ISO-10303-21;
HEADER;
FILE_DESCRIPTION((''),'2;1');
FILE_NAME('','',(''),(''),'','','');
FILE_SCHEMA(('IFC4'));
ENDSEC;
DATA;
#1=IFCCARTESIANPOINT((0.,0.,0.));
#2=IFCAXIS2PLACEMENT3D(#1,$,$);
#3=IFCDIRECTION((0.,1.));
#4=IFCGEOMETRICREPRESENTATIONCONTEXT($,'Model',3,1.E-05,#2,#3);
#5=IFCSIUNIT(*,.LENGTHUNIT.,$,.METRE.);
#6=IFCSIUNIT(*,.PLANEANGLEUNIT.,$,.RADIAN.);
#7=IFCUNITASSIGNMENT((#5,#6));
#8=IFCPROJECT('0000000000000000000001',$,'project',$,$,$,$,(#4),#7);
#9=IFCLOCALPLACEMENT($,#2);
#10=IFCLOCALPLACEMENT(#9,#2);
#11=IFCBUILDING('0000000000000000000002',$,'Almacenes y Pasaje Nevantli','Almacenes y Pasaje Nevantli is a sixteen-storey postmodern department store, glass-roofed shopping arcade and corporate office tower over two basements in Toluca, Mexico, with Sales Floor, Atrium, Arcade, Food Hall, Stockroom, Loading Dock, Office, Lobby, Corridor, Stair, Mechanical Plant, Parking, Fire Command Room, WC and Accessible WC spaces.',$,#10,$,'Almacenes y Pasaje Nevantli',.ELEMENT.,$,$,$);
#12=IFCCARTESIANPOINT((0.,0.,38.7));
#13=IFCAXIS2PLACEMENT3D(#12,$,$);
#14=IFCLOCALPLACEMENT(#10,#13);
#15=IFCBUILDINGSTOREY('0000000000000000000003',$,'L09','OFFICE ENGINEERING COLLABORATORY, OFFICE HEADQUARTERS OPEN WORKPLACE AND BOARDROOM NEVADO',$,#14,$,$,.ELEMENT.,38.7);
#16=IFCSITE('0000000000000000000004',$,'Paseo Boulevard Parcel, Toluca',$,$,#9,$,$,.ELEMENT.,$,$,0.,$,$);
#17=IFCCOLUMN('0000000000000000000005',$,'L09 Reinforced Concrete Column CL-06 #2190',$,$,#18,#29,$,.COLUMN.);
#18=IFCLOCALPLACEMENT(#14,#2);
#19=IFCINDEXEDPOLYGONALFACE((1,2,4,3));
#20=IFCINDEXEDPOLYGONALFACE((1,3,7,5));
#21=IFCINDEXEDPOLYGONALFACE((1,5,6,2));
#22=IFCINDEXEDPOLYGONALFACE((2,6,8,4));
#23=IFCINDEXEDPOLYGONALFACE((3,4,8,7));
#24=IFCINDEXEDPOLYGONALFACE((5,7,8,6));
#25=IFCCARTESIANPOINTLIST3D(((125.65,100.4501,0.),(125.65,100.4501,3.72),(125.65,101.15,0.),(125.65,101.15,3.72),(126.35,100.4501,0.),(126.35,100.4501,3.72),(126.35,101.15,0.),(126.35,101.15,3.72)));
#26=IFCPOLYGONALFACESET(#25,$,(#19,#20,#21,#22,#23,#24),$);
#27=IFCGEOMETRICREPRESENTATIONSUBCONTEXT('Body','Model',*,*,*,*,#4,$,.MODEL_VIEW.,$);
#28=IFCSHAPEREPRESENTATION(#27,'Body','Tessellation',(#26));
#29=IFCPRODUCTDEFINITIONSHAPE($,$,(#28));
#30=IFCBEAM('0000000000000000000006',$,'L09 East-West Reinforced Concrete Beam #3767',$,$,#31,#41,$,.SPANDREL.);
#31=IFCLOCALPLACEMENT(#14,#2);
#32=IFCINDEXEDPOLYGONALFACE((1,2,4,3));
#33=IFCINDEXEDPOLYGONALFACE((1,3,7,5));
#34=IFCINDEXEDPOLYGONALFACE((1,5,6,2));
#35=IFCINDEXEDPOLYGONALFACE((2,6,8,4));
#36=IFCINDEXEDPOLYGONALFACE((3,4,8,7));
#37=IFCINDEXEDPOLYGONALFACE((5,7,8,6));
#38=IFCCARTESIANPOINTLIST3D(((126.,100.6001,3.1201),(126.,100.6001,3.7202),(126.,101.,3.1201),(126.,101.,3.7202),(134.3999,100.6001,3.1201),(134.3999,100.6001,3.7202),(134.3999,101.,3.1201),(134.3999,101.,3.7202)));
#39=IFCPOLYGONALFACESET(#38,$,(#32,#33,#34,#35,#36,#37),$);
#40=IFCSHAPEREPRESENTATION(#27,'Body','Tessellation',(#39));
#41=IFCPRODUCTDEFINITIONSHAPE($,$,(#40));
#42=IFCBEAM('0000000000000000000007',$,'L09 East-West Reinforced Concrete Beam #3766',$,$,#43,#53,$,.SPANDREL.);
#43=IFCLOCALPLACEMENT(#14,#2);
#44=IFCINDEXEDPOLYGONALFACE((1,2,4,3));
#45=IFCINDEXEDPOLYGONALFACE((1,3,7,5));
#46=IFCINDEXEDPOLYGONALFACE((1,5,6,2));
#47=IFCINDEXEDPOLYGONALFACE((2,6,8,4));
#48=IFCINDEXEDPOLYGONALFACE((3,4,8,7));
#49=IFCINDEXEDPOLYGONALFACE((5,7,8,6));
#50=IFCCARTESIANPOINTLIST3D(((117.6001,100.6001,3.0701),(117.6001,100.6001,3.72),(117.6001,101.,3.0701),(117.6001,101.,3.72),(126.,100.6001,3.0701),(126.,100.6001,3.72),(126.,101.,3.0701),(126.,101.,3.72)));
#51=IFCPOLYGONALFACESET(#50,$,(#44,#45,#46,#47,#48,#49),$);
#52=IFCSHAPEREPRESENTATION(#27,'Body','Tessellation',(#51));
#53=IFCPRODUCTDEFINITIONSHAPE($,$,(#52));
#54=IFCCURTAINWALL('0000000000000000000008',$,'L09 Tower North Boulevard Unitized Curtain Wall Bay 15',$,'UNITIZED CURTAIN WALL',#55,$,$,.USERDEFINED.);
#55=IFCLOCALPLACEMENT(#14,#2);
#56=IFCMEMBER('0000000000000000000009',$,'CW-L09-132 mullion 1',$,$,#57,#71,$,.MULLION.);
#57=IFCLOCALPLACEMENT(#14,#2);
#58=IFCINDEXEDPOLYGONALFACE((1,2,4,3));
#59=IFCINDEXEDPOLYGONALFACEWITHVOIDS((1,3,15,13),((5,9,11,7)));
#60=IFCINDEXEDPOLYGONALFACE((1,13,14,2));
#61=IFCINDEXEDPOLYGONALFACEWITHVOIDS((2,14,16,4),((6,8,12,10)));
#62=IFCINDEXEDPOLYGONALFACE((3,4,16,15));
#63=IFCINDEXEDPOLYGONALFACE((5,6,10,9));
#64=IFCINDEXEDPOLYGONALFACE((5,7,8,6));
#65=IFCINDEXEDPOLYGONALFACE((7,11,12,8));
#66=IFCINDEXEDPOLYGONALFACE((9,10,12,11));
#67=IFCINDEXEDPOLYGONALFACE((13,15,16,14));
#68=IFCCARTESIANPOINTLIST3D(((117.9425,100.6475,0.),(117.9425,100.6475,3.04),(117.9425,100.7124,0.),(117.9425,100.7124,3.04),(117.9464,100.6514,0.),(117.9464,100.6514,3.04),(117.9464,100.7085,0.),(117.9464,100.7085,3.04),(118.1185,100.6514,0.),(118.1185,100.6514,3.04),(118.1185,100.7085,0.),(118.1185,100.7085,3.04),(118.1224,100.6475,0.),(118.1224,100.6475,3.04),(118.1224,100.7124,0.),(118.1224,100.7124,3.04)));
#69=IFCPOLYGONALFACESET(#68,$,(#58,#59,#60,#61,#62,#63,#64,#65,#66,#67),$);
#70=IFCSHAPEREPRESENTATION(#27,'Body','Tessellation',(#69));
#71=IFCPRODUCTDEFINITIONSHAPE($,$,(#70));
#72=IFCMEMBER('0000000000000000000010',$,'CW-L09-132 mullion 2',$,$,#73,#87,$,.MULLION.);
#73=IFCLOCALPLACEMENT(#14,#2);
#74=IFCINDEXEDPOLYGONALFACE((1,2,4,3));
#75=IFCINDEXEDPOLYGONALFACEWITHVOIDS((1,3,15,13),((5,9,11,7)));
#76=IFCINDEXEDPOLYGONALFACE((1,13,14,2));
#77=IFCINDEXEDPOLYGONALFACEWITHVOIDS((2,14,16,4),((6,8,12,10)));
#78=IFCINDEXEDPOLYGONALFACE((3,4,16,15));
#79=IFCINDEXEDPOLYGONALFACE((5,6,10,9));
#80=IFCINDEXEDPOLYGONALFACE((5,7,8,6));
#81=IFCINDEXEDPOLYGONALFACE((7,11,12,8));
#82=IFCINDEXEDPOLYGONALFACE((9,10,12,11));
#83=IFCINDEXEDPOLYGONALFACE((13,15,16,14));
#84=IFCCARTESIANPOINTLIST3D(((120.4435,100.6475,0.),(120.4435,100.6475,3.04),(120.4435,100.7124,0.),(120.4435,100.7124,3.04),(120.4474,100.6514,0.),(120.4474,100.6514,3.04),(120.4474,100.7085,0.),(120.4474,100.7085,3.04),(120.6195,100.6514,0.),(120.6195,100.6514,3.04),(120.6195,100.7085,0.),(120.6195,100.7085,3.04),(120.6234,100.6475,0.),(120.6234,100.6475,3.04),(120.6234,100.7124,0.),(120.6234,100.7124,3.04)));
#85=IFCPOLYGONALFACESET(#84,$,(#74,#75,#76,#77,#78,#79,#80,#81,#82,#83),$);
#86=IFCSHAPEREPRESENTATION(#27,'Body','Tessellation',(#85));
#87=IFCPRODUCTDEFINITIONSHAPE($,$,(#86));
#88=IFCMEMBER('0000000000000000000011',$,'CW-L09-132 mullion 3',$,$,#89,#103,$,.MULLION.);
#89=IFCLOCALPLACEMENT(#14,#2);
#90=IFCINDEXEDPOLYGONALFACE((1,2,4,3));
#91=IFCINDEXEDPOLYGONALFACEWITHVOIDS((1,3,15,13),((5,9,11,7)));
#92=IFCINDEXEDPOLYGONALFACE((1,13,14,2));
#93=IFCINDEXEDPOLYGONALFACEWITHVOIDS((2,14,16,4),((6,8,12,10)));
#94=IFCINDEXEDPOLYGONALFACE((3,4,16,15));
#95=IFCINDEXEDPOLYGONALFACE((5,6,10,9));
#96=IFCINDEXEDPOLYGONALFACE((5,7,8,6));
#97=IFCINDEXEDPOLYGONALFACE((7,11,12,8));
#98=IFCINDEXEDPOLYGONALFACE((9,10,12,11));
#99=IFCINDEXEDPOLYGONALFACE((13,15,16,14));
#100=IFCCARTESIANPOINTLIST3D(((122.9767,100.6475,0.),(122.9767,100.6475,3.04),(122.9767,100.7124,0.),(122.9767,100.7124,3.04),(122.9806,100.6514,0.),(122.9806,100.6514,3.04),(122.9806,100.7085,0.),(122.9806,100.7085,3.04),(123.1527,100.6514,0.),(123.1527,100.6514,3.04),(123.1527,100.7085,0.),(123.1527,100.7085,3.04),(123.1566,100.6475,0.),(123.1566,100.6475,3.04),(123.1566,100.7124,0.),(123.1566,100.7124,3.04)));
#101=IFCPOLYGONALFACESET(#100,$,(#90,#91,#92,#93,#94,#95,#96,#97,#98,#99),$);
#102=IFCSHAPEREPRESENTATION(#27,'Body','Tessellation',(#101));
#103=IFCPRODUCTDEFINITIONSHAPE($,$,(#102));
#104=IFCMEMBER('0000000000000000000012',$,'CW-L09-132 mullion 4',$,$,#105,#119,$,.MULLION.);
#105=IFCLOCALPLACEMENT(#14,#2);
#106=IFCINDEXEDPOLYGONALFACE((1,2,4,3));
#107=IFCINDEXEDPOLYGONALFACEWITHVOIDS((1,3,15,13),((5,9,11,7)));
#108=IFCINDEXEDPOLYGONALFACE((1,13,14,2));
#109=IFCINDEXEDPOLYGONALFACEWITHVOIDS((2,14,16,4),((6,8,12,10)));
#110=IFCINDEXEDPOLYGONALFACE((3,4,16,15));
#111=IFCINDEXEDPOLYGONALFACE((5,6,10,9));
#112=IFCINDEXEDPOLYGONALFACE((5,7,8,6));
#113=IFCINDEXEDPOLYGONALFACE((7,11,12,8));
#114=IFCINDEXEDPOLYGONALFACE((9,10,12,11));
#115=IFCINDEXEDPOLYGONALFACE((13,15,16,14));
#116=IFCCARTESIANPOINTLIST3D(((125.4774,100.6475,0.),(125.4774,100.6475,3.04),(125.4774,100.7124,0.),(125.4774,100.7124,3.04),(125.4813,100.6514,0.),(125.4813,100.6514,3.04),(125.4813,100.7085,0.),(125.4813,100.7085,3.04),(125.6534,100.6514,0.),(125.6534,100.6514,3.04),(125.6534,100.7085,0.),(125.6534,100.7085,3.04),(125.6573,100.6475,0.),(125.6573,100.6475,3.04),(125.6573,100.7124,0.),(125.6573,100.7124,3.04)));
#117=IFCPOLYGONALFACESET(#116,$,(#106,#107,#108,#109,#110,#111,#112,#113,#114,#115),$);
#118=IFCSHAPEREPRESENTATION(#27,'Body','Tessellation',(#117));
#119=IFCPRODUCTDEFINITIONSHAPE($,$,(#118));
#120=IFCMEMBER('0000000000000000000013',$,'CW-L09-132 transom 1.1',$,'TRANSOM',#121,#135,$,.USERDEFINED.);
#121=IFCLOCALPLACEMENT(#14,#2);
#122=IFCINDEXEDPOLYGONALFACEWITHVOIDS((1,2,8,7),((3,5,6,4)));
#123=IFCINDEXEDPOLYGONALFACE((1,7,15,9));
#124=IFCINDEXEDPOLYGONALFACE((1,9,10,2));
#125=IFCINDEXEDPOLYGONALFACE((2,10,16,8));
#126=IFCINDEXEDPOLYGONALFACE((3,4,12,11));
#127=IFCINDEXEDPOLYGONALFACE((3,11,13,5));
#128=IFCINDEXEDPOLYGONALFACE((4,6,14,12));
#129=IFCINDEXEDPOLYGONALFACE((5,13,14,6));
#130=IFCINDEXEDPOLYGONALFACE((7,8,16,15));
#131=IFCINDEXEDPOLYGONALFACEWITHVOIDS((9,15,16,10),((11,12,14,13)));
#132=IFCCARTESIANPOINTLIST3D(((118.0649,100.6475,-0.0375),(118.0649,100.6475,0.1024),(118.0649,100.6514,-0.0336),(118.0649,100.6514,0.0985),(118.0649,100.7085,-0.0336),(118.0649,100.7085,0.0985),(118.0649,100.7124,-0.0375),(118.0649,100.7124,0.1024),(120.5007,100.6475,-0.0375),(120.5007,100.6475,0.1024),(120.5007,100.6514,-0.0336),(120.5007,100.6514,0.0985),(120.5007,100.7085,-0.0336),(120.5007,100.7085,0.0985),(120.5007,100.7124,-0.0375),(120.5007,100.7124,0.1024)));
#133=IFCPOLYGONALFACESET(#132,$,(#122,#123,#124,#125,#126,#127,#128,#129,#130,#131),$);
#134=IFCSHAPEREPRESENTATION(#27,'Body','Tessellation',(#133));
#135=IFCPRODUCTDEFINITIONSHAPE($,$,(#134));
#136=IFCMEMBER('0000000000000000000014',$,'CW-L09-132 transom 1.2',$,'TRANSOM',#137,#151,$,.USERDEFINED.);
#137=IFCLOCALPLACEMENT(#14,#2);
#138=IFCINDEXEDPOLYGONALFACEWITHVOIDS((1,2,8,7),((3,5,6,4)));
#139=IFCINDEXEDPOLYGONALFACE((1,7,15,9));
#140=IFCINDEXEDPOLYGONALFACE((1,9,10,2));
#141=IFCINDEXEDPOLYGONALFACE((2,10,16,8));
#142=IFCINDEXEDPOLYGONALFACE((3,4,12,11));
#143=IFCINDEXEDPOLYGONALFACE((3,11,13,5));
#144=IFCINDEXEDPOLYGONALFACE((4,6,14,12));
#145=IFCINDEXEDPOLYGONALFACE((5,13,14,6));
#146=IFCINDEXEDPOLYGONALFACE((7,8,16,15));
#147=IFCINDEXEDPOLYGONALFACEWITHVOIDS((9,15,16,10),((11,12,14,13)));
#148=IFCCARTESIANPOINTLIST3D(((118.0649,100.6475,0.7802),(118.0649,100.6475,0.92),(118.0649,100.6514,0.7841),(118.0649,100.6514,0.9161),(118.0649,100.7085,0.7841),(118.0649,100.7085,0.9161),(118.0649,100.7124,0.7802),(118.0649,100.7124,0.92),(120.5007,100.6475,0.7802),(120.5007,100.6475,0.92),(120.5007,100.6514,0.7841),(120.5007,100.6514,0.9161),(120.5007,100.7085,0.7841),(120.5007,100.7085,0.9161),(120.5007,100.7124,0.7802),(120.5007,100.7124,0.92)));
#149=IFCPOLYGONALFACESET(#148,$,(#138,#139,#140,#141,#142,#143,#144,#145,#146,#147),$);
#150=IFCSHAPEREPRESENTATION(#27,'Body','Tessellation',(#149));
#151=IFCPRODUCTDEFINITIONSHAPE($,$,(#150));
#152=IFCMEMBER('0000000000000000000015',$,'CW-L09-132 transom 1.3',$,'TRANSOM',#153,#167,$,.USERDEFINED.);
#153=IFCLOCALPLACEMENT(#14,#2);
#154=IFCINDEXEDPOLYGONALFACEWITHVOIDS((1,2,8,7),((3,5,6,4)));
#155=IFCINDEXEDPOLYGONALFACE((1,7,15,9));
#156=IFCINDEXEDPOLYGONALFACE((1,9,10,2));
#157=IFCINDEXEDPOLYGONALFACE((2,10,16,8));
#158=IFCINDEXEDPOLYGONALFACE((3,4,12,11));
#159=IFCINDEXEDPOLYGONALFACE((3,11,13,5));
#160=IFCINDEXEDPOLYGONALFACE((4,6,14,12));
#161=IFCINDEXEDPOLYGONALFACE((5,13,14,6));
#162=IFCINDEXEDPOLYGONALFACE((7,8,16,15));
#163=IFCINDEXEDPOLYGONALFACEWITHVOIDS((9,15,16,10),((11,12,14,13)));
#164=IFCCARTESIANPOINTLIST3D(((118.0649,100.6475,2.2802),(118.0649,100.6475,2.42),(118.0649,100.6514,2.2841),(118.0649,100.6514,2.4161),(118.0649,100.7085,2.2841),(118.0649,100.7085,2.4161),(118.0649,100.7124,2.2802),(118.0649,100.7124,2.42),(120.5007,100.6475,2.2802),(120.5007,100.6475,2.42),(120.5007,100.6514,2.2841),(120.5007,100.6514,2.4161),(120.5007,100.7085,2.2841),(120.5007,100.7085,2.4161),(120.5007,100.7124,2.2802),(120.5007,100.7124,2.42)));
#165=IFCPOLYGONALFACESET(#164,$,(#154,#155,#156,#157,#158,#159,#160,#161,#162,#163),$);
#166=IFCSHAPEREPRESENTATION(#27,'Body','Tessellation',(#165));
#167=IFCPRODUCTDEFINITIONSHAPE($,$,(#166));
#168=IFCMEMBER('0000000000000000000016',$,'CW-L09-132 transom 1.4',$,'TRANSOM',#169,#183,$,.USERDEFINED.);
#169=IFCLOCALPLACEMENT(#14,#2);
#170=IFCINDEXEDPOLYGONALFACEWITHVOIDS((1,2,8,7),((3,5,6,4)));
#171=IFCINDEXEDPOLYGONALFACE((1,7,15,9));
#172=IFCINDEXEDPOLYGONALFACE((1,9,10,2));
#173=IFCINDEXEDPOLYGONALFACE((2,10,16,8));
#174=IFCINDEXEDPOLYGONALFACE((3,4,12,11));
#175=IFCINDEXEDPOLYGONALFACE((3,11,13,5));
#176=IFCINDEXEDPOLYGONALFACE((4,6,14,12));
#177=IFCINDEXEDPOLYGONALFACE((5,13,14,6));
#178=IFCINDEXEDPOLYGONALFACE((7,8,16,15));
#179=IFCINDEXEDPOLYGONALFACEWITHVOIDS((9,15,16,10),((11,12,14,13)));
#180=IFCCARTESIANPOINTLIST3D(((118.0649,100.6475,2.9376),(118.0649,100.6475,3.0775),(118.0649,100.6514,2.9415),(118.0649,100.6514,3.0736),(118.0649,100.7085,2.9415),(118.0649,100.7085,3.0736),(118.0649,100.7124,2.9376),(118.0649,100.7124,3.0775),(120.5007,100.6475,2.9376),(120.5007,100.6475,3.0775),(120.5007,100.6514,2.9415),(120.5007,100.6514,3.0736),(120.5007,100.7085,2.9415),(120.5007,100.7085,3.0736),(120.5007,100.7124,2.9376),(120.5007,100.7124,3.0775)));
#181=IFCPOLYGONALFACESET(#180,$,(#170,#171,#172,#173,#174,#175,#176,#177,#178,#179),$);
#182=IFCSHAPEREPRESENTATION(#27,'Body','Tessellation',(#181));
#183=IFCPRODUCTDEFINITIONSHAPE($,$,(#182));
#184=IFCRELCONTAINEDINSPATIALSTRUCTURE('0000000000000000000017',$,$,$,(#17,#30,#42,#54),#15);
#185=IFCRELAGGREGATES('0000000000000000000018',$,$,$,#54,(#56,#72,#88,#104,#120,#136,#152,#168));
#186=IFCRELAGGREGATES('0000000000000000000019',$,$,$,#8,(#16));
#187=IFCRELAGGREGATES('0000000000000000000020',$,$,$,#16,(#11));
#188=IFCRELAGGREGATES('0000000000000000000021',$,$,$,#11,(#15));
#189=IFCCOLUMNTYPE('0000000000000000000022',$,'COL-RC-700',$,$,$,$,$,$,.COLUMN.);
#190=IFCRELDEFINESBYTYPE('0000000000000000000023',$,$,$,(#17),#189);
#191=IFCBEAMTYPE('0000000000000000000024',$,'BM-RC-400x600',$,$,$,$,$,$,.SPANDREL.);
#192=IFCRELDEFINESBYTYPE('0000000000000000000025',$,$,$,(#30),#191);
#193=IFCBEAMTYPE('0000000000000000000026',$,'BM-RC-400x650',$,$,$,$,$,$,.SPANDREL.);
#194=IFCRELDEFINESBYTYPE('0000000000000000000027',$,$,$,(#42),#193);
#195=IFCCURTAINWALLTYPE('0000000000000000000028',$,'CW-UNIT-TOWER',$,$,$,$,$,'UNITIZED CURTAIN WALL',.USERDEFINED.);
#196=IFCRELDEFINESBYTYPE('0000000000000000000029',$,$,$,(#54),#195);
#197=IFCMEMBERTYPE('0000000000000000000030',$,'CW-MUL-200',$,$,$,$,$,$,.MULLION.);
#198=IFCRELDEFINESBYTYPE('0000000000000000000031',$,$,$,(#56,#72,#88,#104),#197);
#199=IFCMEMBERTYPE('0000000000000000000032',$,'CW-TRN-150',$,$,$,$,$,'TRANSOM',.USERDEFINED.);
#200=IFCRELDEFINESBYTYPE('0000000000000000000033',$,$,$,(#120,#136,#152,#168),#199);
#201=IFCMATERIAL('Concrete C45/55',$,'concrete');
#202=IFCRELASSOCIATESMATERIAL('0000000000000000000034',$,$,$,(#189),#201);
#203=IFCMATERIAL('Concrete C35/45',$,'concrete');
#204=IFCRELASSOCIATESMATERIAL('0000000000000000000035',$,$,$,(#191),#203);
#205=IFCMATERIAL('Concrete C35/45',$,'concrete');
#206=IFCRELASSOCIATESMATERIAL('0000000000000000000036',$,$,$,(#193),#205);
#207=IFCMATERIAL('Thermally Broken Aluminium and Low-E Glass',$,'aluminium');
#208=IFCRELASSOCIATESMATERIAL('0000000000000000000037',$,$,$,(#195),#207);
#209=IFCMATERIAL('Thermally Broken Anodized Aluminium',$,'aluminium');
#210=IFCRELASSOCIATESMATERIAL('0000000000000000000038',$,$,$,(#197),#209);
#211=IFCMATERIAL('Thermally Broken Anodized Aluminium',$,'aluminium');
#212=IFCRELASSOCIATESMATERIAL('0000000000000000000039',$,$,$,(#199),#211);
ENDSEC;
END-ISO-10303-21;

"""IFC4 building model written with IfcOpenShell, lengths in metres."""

from ifc_helpers import new_model, si_unit, direction, frame, origin, origin_2d, place, context, subcontext, project, spatial, rectangle, hollow_rectangle, extrude, material, material_profile, profile_set, type_object, element, aggregate, save


model = new_model("IFC4")

# Units and contexts
model_context = context("Model", 3, precision=1e-05, world=origin(), true_north=direction((0.0, 1.0)))
body_context = subcontext(model_context, "Body", "Model", "MODEL_VIEW")
ifc_project = project(units=[si_unit("LENGTHUNIT", "METRE"), si_unit("PLANEANGLEUNIT", "RADIAN")], contexts=[model_context])

# Site, building, storey
site_placement = place(None, origin())
site = spatial("IfcSite", under=ifc_project, at=site_placement, Name="Paseo Boulevard Parcel, Toluca", CompositionType="ELEMENT", RefElevation=0.0)
building_placement = place(site_placement, origin())
building = spatial("IfcBuilding", under=site, at=building_placement, Name="Almacenes y Pasaje Nevantli", Description="Almacenes y Pasaje Nevantli is a sixteen-storey postmodern department store, glass-roofed shopping arcade and corporate office tower over two basements in Toluca, Mexico, with Sales Floor, Atrium, Arcade, Food Hall, Stockroom, Loading Dock, Office, Lobby, Corridor, Stair, Mechanical Plant, Parking, Fire Command Room, WC and Accessible WC spaces.", LongName="Almacenes y Pasaje Nevantli", CompositionType="ELEMENT")
storey_placement = place(building_placement, frame((0.0, 0.0, 38.7)))
storey = spatial("IfcBuildingStorey", under=building, at=storey_placement, Name="L09", Description="OFFICE ENGINEERING COLLABORATORY, OFFICE HEADQUARTERS OPEN WORKPLACE AND BOARDROOM NEVADO", CompositionType="ELEMENT", Elevation=38.7)

# Column
ifc_material_1 = material(Name="Concrete C45/55", Category="concrete")
ifc_material_profile_1 = material_profile(ifc_material_1, rectangle(XDim=0.7, YDim=0.7, at=origin_2d()), Name="RC-COL-700x700")
ifc_profile_set_1 = profile_set([ifc_material_profile_1], Name="Concrete C45/55")
column_type = type_object("IfcColumnType", Name="COL-RC-700", PredefinedType="COLUMN", material=ifc_profile_set_1)
column_placement = place(storey_placement, frame((126.0, 100.8, 0.0), z_axis=(0.0, 0.0, 1.0), x_axis=(1.0, 0.0, 0.0)))
element("IfcColumn", 1, at=column_placement, inside=storey, type_object=column_type, Name="L09 Reinforced Concrete Column CL-06 #2190", PredefinedType="COLUMN", context=body_context, shape_type="SweptSolid", body=[
    extrude(rectangle(XDim=0.7, YDim=0.7, at=origin_2d()), origin(), (0.0, 0.0, 1.0), 3.72),
])

# Beams
ifc_material_2 = material(Name="Concrete C35/45", Category="concrete")
ifc_material_profile_2 = material_profile(ifc_material_2, rectangle(XDim=0.3999, YDim=0.6001, at=origin_2d()), Name="RC-BM-400x600")
ifc_profile_set_2 = profile_set([ifc_material_profile_2], Name="Concrete C35/45")
beam_type_1 = type_object("IfcBeamType", Name="BM-RC-400x600", PredefinedType="SPANDREL", material=ifc_profile_set_2)
beam_1_placement = place(storey_placement, frame((126.0, 100.8, 3.4202), z_axis=(1.0, 0.0, 0.0), x_axis=(0.0, 1.0, 0.0)))
element("IfcBeam", 2, at=beam_1_placement, inside=storey, type_object=beam_type_1, Name="L09 East-West Reinforced Concrete Beam #3767", PredefinedType="SPANDREL", context=body_context, shape_type="SweptSolid", body=[
    extrude(rectangle(XDim=0.3999, YDim=0.6001, at=origin_2d()), origin(), (0.0, 0.0, 1.0), 8.3999),
])
ifc_material_3 = material(Name="Concrete C35/45", Category="concrete")
ifc_material_profile_3 = material_profile(ifc_material_3, rectangle(XDim=0.3999, YDim=0.6499, at=origin_2d()), Name="RC-BM-400x650")
ifc_profile_set_3 = profile_set([ifc_material_profile_3], Name="Concrete C35/45")
beam_type_2 = type_object("IfcBeamType", Name="BM-RC-400x650", PredefinedType="SPANDREL", material=ifc_profile_set_3)
beam_2_placement = place(storey_placement, frame((117.6001, 100.8, 3.395), z_axis=(1.0, 0.0, 0.0), x_axis=(0.0, 1.0, 0.0)))
element("IfcBeam", 3, at=beam_2_placement, inside=storey, type_object=beam_type_2, Name="L09 East-West Reinforced Concrete Beam #3766", PredefinedType="SPANDREL", context=body_context, shape_type="SweptSolid", body=[
    extrude(rectangle(XDim=0.3999, YDim=0.6499, at=origin_2d()), origin(), (0.0, 0.0, 1.0), 8.3999),
])

# Curtain wall, members
ifc_material_4 = material(Name="Thermally Broken Aluminium and Low-E Glass", Category="aluminium")
curtain_wall_type = type_object("IfcCurtainWallType", Name="CW-UNIT-TOWER", ElementType="UNITIZED CURTAIN WALL", PredefinedType="USERDEFINED", material=ifc_material_4)
curtain_wall_placement = place(storey_placement, origin())
curtain_wall = element("IfcCurtainWall", 4, at=curtain_wall_placement, inside=storey, type_object=curtain_wall_type, Name="L09 Tower North Boulevard Unitized Curtain Wall Bay 15", ObjectType="UNITIZED CURTAIN WALL", PredefinedType="USERDEFINED")
ifc_material_5 = material(Name="Thermally Broken Anodized Aluminium", Category="aluminium")
ifc_material_profile_4 = material_profile(ifc_material_5, hollow_rectangle(XDim=0.0649, YDim=0.1799, WallThickness=0.0039, at=origin_2d()), Name="ALU-MUL-65x180")
ifc_profile_set_4 = profile_set([ifc_material_profile_4], Name="Thermally Broken Anodized Aluminium")
member_type_1 = type_object("IfcMemberType", Name="CW-MUL-200", PredefinedType="MULLION", material=ifc_profile_set_4)
member_1_placement = place(storey_placement, frame((118.0325, 100.6799, 0.0), z_axis=(0.0, 0.0, 1.0), x_axis=(0.0, 1.0, 0.0)))
member_1 = element("IfcMember", 5, at=member_1_placement, type_object=member_type_1, Name="CW-L09-132 mullion 1", PredefinedType="MULLION", context=body_context, shape_type="SweptSolid", body=[
    extrude(hollow_rectangle(XDim=0.0649, YDim=0.1799, WallThickness=0.0039, at=origin_2d()), origin(), (0.0, 0.0, 1.0), 3.04),
])
member_2_placement = place(storey_placement, frame((120.5334, 100.6799, 0.0), z_axis=(0.0, 0.0, 1.0), x_axis=(0.0, 1.0, 0.0)))
member_2 = element("IfcMember", 6, at=member_2_placement, type_object=member_type_1, Name="CW-L09-132 mullion 2", PredefinedType="MULLION", context=body_context, shape_type="SweptSolid", body=[
    extrude(hollow_rectangle(XDim=0.0649, YDim=0.1799, WallThickness=0.0039, at=origin_2d()), origin(), (0.0, 0.0, 1.0), 3.04),
])
member_3_placement = place(storey_placement, frame((123.0667, 100.6799, 0.0), z_axis=(0.0, 0.0, 1.0), x_axis=(0.0, 1.0, 0.0)))
member_3 = element("IfcMember", 7, at=member_3_placement, type_object=member_type_1, Name="CW-L09-132 mullion 3", PredefinedType="MULLION", context=body_context, shape_type="SweptSolid", body=[
    extrude(hollow_rectangle(XDim=0.0649, YDim=0.1799, WallThickness=0.0039, at=origin_2d()), origin(), (0.0, 0.0, 1.0), 3.04),
])
member_4_placement = place(storey_placement, frame((125.5674, 100.6799, 0.0), z_axis=(0.0, 0.0, 1.0), x_axis=(0.0, 1.0, 0.0)))
member_4 = element("IfcMember", 8, at=member_4_placement, type_object=member_type_1, Name="CW-L09-132 mullion 4", PredefinedType="MULLION", context=body_context, shape_type="SweptSolid", body=[
    extrude(hollow_rectangle(XDim=0.0649, YDim=0.1799, WallThickness=0.0039, at=origin_2d()), origin(), (0.0, 0.0, 1.0), 3.04),
])
ifc_material_6 = material(Name="Thermally Broken Anodized Aluminium", Category="aluminium")
ifc_material_profile_5 = material_profile(ifc_material_6, hollow_rectangle(XDim=0.0649, YDim=0.1399, WallThickness=0.0039, at=origin_2d()), Name="ALU-TRN-65x140")
ifc_profile_set_5 = profile_set([ifc_material_profile_5], Name="Thermally Broken Anodized Aluminium")
member_type_2 = type_object("IfcMemberType", Name="CW-TRN-150", ElementType="TRANSOM", PredefinedType="USERDEFINED", material=ifc_profile_set_5)
member_5_placement = place(storey_placement, frame((118.0649, 100.6799, 0.0325), z_axis=(1.0, 0.0, 0.0), x_axis=(0.0, 1.0, 0.0)))
member_5 = element("IfcMember", 9, at=member_5_placement, type_object=member_type_2, Name="CW-L09-132 transom 1.1", ObjectType="TRANSOM", PredefinedType="USERDEFINED", context=body_context, shape_type="SweptSolid", body=[
    extrude(hollow_rectangle(XDim=0.0649, YDim=0.1399, WallThickness=0.0039, at=origin_2d()), origin(), (0.0, 0.0, 1.0), 2.4358),
])
member_6_placement = place(storey_placement, frame((118.0649, 100.6799, 0.8501), z_axis=(1.0, 0.0, 0.0), x_axis=(0.0, 1.0, 0.0)))
member_6 = element("IfcMember", 10, at=member_6_placement, type_object=member_type_2, Name="CW-L09-132 transom 1.2", ObjectType="TRANSOM", PredefinedType="USERDEFINED", context=body_context, shape_type="SweptSolid", body=[
    extrude(hollow_rectangle(XDim=0.0649, YDim=0.1399, WallThickness=0.0039, at=origin_2d()), origin(), (0.0, 0.0, 1.0), 2.4358),
])
member_7_placement = place(storey_placement, frame((118.0649, 100.6799, 2.3501), z_axis=(1.0, 0.0, 0.0), x_axis=(0.0, 1.0, 0.0)))
member_7 = element("IfcMember", 11, at=member_7_placement, type_object=member_type_2, Name="CW-L09-132 transom 1.3", ObjectType="TRANSOM", PredefinedType="USERDEFINED", context=body_context, shape_type="SweptSolid", body=[
    extrude(hollow_rectangle(XDim=0.0649, YDim=0.1399, WallThickness=0.0039, at=origin_2d()), origin(), (0.0, 0.0, 1.0), 2.4358),
])
member_8_placement = place(storey_placement, frame((118.0649, 100.6799, 3.0076), z_axis=(1.0, 0.0, 0.0), x_axis=(0.0, 1.0, 0.0)))
member_8 = element("IfcMember", 12, at=member_8_placement, type_object=member_type_2, Name="CW-L09-132 transom 1.4", ObjectType="TRANSOM", PredefinedType="USERDEFINED", context=body_context, shape_type="SweptSolid", body=[
    extrude(hollow_rectangle(XDim=0.0649, YDim=0.1399, WallThickness=0.0039, at=origin_2d()), origin(), (0.0, 0.0, 1.0), 2.4358),
])
aggregate(curtain_wall, [member_1, member_2, member_3, member_4, member_5, member_6, member_7, member_8])

save(model, "model.ifc")
